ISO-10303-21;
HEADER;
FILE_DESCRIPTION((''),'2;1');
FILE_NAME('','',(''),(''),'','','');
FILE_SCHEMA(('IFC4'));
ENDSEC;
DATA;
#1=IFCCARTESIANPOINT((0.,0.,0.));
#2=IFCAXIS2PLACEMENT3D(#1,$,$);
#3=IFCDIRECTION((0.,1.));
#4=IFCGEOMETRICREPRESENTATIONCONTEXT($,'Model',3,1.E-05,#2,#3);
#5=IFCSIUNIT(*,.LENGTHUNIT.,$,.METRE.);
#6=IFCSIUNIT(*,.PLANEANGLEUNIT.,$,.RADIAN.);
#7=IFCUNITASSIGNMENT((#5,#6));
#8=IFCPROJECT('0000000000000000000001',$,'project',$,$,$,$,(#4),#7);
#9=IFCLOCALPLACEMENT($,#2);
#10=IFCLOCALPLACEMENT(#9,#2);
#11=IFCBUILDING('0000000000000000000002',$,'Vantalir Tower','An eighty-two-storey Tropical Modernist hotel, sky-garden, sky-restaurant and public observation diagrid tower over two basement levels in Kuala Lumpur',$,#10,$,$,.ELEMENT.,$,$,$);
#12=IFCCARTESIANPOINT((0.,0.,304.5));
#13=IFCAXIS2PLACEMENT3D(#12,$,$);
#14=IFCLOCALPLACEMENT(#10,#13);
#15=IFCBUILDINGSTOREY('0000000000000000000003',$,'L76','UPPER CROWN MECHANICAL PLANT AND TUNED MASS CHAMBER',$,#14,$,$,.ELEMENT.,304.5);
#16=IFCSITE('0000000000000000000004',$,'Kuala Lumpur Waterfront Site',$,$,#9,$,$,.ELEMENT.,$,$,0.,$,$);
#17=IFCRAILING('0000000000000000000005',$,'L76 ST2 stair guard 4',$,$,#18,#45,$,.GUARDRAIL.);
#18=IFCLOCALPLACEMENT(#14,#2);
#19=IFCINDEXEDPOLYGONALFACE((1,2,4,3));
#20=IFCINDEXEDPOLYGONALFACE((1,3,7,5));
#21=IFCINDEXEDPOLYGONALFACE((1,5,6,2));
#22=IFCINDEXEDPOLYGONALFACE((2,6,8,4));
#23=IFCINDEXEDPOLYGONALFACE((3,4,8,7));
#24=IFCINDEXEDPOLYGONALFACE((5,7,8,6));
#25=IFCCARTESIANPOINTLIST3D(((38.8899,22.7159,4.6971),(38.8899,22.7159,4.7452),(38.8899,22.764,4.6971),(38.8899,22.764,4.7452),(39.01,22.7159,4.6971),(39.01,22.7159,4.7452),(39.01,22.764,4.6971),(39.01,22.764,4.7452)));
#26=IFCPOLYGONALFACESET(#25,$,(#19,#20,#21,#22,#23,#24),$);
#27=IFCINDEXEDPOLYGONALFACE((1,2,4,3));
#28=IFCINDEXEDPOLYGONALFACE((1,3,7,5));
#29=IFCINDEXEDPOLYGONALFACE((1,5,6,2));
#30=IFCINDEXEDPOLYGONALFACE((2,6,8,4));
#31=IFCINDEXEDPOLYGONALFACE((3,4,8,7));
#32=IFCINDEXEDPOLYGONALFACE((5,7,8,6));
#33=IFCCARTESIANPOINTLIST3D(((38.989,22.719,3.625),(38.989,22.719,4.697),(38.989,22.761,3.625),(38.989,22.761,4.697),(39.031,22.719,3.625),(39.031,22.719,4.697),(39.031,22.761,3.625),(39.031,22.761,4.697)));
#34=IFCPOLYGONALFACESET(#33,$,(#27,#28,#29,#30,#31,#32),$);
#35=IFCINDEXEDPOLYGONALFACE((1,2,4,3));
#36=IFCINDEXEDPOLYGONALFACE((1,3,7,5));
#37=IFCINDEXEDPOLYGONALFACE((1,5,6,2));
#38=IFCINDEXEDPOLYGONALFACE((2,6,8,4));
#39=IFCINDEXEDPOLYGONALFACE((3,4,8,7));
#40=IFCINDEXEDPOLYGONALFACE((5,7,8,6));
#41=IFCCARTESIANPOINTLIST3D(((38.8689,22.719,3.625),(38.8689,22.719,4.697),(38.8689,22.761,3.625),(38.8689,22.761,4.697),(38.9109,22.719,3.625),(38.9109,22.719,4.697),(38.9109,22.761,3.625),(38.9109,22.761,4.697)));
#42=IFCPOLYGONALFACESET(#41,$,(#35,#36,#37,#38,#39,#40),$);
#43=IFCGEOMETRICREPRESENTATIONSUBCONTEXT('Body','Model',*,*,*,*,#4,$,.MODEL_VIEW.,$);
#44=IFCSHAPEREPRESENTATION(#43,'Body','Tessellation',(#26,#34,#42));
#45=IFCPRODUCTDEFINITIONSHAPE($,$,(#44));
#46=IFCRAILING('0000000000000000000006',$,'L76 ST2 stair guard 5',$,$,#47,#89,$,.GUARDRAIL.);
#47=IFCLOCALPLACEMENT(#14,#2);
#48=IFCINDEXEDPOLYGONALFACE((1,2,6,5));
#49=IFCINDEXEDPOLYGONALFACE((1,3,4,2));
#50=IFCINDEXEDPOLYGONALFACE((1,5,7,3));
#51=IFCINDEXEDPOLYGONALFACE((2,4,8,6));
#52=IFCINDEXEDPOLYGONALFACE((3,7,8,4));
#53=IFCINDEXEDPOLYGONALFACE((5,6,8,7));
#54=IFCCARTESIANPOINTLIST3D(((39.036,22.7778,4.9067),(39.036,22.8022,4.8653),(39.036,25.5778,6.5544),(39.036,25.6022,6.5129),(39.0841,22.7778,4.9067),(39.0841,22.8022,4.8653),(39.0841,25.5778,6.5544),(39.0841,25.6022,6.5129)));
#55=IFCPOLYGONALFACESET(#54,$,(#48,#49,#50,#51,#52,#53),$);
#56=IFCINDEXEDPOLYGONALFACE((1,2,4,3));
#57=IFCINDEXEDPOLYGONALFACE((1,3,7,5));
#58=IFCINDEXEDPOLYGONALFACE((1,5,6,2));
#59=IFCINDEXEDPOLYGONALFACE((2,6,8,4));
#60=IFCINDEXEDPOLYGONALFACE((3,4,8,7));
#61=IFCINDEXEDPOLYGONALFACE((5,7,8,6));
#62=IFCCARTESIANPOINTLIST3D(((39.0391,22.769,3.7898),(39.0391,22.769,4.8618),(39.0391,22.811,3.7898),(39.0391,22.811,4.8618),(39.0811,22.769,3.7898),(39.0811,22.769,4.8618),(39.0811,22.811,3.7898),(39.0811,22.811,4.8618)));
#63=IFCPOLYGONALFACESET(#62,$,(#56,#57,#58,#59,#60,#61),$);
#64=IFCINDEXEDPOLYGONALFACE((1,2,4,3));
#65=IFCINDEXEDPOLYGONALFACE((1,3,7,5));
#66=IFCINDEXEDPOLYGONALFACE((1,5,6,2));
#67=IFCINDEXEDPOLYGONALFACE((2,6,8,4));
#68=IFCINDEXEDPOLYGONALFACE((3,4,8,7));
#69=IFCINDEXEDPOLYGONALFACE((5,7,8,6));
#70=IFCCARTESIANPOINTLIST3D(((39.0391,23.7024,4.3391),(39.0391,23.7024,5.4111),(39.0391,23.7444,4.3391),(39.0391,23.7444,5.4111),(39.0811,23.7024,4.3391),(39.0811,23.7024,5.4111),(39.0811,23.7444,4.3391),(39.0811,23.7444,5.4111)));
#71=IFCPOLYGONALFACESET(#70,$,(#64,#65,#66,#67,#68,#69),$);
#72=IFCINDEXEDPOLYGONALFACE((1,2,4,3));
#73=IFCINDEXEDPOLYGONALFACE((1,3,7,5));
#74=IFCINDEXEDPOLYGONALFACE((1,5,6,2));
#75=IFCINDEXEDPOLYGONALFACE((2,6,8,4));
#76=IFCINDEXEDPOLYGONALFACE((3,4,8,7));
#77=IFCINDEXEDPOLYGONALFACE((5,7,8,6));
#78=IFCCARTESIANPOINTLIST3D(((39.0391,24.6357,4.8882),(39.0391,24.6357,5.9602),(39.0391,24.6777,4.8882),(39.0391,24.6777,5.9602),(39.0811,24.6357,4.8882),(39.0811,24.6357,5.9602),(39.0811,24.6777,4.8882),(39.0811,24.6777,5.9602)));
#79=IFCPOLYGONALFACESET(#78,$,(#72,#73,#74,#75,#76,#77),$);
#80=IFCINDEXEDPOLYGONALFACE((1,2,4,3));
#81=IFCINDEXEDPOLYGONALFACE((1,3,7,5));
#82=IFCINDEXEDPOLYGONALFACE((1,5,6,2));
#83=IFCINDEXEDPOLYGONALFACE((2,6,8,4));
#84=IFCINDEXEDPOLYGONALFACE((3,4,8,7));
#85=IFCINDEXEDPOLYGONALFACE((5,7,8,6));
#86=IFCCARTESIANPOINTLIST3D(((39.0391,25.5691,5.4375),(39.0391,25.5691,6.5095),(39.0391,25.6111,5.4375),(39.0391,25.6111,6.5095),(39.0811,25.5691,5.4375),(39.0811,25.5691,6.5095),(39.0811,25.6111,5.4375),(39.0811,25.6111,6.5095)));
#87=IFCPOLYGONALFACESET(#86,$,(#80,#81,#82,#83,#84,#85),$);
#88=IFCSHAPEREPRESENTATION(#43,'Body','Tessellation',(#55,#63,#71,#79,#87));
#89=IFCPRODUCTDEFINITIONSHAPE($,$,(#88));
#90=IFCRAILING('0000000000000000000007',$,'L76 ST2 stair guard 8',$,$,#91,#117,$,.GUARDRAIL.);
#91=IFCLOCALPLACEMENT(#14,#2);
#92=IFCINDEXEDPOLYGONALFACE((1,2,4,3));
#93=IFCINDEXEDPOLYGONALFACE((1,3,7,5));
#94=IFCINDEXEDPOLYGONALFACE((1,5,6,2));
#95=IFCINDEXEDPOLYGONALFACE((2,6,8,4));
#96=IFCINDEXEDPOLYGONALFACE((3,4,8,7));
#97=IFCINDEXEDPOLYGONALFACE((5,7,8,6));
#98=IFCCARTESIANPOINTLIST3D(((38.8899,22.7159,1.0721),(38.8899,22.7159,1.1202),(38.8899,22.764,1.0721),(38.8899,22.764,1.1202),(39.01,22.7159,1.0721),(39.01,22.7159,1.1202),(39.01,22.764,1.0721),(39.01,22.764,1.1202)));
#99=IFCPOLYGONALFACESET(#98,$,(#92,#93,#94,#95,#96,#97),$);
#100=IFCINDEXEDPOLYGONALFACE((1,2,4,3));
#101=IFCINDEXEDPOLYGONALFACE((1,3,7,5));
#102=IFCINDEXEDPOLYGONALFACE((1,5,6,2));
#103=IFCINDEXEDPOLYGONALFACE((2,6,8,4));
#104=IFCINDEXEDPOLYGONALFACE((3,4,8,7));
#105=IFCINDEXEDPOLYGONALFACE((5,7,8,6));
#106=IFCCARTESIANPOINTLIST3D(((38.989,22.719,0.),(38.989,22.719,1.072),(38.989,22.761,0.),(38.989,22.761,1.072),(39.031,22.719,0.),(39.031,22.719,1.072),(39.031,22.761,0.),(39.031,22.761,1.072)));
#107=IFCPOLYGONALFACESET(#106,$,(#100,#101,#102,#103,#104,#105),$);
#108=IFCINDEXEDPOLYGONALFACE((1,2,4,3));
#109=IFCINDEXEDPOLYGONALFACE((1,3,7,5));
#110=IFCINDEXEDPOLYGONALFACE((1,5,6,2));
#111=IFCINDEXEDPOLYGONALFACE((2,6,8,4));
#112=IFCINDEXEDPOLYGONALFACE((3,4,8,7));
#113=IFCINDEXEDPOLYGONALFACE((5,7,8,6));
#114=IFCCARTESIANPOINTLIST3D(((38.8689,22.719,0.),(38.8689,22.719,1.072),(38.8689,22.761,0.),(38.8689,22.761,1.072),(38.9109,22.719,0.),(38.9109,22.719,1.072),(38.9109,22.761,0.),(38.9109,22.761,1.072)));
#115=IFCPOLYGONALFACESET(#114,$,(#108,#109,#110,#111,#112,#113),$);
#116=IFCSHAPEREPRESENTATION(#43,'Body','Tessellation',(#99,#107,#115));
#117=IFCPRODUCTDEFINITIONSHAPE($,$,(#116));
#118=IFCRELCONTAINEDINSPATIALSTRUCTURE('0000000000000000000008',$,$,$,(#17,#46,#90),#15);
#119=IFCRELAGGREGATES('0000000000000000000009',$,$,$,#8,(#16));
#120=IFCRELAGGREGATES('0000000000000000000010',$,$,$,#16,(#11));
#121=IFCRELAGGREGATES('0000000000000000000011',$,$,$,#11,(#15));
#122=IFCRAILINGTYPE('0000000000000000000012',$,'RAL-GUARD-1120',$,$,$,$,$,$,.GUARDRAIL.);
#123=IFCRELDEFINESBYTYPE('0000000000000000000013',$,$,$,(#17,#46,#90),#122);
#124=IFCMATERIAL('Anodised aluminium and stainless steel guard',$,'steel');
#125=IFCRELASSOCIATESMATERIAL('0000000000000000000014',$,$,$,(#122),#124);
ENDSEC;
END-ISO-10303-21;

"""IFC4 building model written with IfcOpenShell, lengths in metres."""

from ifc_helpers import new_model, si_unit, direction, frame, origin, origin_2d, place, context, subcontext, project, spatial, rectangle, extrude, material, type_object, element, save


model = new_model("IFC4")

# Units and contexts
model_context = context("Model", 3, precision=1e-05, world=origin(), true_north=direction((0.0, 1.0)))
body_context = subcontext(model_context, "Body", "Model", "MODEL_VIEW")
ifc_project = project(units=[si_unit("LENGTHUNIT", "METRE"), si_unit("PLANEANGLEUNIT", "RADIAN")], contexts=[model_context])

# Site, building, storey
site_placement = place(None, origin())
site = spatial("IfcSite", under=ifc_project, at=site_placement, Name="Kuala Lumpur Waterfront Site", CompositionType="ELEMENT", RefElevation=0.0)
building_placement = place(site_placement, origin())
building = spatial("IfcBuilding", under=site, at=building_placement, Name="Vantalir Tower", Description="An eighty-two-storey Tropical Modernist hotel, sky-garden, sky-restaurant and public observation diagrid tower over two basement levels in Kuala Lumpur", CompositionType="ELEMENT")
storey_placement = place(building_placement, frame((0.0, 0.0, 304.5)))
storey = spatial("IfcBuildingStorey", under=building, at=storey_placement, Name="L76", Description="UPPER CROWN MECHANICAL PLANT AND TUNED MASS CHAMBER", CompositionType="ELEMENT", Elevation=304.5)

# Railings
ifc_material_1 = material(Name="Anodised aluminium and stainless steel guard", Category="steel")
railing_type = type_object("IfcRailingType", Name="RAL-GUARD-1120", PredefinedType="GUARDRAIL", material=ifc_material_1)
railing_1_placement = place(storey_placement, frame((39.01, 22.74, 3.625)))
element("IfcRailing", 1, at=railing_1_placement, inside=storey, type_object=railing_type, Name="L76 ST2 stair guard 4", PredefinedType="GUARDRAIL", context=body_context, shape_type="SweptSolid", body=[
    extrude(rectangle(XDim=0.0481, YDim=0.0481, at=origin_2d()), frame((0.0, 0.0, 1.0962), z_axis=(-1.0, 0.0, 0.0), x_axis=(0.0, -1.0, 0.0)), (0.0, 0.0, 1.0), 0.1201),
    extrude(rectangle(XDim=0.042, YDim=0.042, at=origin_2d()), origin(), (0.0, 0.0, 1.0), 1.072),
    extrude(rectangle(XDim=0.042, YDim=0.042, at=origin_2d()), frame((-0.1201, 0.0, 0.0)), (0.0, 0.0, 1.0), 1.072),
])
railing_2_placement = place(storey_placement, frame((39.0601, 22.79, 3.7898)))
element("IfcRailing", 2, at=railing_2_placement, inside=storey, type_object=railing_type, Name="L76 ST2 stair guard 5", PredefinedType="GUARDRAIL", context=body_context, shape_type="SweptSolid", body=[
    extrude(rectangle(XDim=0.0481, YDim=0.0481, at=origin_2d()), frame((0.0, 0.0, 1.0962), z_axis=(0.0, 0.861851, 0.507161), x_axis=(-1.0, 0.0, 0.0)), (0.0, 0.0, 1.0), 3.2488),
    extrude(rectangle(XDim=0.042, YDim=0.042, at=origin_2d()), origin(), (0.0, 0.0, 1.0), 1.072),
    extrude(rectangle(XDim=0.042, YDim=0.042, at=origin_2d()), frame((0.0, 0.9333, 0.5493)), (0.0, 0.0, 1.0), 1.072),
    extrude(rectangle(XDim=0.042, YDim=0.042, at=origin_2d()), frame((0.0, 1.8667, 1.0984)), (0.0, 0.0, 1.0), 1.072),
    extrude(rectangle(XDim=0.042, YDim=0.042, at=origin_2d()), frame((0.0, 2.8, 1.6477)), (0.0, 0.0, 1.0), 1.072),
])
railing_3_placement = place(storey_placement, frame((39.01, 22.74, 0.0)))
element("IfcRailing", 3, at=railing_3_placement, inside=storey, type_object=railing_type, Name="L76 ST2 stair guard 8", PredefinedType="GUARDRAIL", context=body_context, shape_type="SweptSolid", body=[
    extrude(rectangle(XDim=0.0481, YDim=0.0481, at=origin_2d()), frame((0.0, 0.0, 1.0962), z_axis=(-1.0, 0.0, 0.0), x_axis=(0.0, -1.0, 0.0)), (0.0, 0.0, 1.0), 0.1201),
    extrude(rectangle(XDim=0.042, YDim=0.042, at=origin_2d()), origin(), (0.0, 0.0, 1.0), 1.072),
    extrude(rectangle(XDim=0.042, YDim=0.042, at=origin_2d()), frame((-0.1201, 0.0, 0.0)), (0.0, 0.0, 1.0), 1.072),
])

save(model, "model.ifc")
